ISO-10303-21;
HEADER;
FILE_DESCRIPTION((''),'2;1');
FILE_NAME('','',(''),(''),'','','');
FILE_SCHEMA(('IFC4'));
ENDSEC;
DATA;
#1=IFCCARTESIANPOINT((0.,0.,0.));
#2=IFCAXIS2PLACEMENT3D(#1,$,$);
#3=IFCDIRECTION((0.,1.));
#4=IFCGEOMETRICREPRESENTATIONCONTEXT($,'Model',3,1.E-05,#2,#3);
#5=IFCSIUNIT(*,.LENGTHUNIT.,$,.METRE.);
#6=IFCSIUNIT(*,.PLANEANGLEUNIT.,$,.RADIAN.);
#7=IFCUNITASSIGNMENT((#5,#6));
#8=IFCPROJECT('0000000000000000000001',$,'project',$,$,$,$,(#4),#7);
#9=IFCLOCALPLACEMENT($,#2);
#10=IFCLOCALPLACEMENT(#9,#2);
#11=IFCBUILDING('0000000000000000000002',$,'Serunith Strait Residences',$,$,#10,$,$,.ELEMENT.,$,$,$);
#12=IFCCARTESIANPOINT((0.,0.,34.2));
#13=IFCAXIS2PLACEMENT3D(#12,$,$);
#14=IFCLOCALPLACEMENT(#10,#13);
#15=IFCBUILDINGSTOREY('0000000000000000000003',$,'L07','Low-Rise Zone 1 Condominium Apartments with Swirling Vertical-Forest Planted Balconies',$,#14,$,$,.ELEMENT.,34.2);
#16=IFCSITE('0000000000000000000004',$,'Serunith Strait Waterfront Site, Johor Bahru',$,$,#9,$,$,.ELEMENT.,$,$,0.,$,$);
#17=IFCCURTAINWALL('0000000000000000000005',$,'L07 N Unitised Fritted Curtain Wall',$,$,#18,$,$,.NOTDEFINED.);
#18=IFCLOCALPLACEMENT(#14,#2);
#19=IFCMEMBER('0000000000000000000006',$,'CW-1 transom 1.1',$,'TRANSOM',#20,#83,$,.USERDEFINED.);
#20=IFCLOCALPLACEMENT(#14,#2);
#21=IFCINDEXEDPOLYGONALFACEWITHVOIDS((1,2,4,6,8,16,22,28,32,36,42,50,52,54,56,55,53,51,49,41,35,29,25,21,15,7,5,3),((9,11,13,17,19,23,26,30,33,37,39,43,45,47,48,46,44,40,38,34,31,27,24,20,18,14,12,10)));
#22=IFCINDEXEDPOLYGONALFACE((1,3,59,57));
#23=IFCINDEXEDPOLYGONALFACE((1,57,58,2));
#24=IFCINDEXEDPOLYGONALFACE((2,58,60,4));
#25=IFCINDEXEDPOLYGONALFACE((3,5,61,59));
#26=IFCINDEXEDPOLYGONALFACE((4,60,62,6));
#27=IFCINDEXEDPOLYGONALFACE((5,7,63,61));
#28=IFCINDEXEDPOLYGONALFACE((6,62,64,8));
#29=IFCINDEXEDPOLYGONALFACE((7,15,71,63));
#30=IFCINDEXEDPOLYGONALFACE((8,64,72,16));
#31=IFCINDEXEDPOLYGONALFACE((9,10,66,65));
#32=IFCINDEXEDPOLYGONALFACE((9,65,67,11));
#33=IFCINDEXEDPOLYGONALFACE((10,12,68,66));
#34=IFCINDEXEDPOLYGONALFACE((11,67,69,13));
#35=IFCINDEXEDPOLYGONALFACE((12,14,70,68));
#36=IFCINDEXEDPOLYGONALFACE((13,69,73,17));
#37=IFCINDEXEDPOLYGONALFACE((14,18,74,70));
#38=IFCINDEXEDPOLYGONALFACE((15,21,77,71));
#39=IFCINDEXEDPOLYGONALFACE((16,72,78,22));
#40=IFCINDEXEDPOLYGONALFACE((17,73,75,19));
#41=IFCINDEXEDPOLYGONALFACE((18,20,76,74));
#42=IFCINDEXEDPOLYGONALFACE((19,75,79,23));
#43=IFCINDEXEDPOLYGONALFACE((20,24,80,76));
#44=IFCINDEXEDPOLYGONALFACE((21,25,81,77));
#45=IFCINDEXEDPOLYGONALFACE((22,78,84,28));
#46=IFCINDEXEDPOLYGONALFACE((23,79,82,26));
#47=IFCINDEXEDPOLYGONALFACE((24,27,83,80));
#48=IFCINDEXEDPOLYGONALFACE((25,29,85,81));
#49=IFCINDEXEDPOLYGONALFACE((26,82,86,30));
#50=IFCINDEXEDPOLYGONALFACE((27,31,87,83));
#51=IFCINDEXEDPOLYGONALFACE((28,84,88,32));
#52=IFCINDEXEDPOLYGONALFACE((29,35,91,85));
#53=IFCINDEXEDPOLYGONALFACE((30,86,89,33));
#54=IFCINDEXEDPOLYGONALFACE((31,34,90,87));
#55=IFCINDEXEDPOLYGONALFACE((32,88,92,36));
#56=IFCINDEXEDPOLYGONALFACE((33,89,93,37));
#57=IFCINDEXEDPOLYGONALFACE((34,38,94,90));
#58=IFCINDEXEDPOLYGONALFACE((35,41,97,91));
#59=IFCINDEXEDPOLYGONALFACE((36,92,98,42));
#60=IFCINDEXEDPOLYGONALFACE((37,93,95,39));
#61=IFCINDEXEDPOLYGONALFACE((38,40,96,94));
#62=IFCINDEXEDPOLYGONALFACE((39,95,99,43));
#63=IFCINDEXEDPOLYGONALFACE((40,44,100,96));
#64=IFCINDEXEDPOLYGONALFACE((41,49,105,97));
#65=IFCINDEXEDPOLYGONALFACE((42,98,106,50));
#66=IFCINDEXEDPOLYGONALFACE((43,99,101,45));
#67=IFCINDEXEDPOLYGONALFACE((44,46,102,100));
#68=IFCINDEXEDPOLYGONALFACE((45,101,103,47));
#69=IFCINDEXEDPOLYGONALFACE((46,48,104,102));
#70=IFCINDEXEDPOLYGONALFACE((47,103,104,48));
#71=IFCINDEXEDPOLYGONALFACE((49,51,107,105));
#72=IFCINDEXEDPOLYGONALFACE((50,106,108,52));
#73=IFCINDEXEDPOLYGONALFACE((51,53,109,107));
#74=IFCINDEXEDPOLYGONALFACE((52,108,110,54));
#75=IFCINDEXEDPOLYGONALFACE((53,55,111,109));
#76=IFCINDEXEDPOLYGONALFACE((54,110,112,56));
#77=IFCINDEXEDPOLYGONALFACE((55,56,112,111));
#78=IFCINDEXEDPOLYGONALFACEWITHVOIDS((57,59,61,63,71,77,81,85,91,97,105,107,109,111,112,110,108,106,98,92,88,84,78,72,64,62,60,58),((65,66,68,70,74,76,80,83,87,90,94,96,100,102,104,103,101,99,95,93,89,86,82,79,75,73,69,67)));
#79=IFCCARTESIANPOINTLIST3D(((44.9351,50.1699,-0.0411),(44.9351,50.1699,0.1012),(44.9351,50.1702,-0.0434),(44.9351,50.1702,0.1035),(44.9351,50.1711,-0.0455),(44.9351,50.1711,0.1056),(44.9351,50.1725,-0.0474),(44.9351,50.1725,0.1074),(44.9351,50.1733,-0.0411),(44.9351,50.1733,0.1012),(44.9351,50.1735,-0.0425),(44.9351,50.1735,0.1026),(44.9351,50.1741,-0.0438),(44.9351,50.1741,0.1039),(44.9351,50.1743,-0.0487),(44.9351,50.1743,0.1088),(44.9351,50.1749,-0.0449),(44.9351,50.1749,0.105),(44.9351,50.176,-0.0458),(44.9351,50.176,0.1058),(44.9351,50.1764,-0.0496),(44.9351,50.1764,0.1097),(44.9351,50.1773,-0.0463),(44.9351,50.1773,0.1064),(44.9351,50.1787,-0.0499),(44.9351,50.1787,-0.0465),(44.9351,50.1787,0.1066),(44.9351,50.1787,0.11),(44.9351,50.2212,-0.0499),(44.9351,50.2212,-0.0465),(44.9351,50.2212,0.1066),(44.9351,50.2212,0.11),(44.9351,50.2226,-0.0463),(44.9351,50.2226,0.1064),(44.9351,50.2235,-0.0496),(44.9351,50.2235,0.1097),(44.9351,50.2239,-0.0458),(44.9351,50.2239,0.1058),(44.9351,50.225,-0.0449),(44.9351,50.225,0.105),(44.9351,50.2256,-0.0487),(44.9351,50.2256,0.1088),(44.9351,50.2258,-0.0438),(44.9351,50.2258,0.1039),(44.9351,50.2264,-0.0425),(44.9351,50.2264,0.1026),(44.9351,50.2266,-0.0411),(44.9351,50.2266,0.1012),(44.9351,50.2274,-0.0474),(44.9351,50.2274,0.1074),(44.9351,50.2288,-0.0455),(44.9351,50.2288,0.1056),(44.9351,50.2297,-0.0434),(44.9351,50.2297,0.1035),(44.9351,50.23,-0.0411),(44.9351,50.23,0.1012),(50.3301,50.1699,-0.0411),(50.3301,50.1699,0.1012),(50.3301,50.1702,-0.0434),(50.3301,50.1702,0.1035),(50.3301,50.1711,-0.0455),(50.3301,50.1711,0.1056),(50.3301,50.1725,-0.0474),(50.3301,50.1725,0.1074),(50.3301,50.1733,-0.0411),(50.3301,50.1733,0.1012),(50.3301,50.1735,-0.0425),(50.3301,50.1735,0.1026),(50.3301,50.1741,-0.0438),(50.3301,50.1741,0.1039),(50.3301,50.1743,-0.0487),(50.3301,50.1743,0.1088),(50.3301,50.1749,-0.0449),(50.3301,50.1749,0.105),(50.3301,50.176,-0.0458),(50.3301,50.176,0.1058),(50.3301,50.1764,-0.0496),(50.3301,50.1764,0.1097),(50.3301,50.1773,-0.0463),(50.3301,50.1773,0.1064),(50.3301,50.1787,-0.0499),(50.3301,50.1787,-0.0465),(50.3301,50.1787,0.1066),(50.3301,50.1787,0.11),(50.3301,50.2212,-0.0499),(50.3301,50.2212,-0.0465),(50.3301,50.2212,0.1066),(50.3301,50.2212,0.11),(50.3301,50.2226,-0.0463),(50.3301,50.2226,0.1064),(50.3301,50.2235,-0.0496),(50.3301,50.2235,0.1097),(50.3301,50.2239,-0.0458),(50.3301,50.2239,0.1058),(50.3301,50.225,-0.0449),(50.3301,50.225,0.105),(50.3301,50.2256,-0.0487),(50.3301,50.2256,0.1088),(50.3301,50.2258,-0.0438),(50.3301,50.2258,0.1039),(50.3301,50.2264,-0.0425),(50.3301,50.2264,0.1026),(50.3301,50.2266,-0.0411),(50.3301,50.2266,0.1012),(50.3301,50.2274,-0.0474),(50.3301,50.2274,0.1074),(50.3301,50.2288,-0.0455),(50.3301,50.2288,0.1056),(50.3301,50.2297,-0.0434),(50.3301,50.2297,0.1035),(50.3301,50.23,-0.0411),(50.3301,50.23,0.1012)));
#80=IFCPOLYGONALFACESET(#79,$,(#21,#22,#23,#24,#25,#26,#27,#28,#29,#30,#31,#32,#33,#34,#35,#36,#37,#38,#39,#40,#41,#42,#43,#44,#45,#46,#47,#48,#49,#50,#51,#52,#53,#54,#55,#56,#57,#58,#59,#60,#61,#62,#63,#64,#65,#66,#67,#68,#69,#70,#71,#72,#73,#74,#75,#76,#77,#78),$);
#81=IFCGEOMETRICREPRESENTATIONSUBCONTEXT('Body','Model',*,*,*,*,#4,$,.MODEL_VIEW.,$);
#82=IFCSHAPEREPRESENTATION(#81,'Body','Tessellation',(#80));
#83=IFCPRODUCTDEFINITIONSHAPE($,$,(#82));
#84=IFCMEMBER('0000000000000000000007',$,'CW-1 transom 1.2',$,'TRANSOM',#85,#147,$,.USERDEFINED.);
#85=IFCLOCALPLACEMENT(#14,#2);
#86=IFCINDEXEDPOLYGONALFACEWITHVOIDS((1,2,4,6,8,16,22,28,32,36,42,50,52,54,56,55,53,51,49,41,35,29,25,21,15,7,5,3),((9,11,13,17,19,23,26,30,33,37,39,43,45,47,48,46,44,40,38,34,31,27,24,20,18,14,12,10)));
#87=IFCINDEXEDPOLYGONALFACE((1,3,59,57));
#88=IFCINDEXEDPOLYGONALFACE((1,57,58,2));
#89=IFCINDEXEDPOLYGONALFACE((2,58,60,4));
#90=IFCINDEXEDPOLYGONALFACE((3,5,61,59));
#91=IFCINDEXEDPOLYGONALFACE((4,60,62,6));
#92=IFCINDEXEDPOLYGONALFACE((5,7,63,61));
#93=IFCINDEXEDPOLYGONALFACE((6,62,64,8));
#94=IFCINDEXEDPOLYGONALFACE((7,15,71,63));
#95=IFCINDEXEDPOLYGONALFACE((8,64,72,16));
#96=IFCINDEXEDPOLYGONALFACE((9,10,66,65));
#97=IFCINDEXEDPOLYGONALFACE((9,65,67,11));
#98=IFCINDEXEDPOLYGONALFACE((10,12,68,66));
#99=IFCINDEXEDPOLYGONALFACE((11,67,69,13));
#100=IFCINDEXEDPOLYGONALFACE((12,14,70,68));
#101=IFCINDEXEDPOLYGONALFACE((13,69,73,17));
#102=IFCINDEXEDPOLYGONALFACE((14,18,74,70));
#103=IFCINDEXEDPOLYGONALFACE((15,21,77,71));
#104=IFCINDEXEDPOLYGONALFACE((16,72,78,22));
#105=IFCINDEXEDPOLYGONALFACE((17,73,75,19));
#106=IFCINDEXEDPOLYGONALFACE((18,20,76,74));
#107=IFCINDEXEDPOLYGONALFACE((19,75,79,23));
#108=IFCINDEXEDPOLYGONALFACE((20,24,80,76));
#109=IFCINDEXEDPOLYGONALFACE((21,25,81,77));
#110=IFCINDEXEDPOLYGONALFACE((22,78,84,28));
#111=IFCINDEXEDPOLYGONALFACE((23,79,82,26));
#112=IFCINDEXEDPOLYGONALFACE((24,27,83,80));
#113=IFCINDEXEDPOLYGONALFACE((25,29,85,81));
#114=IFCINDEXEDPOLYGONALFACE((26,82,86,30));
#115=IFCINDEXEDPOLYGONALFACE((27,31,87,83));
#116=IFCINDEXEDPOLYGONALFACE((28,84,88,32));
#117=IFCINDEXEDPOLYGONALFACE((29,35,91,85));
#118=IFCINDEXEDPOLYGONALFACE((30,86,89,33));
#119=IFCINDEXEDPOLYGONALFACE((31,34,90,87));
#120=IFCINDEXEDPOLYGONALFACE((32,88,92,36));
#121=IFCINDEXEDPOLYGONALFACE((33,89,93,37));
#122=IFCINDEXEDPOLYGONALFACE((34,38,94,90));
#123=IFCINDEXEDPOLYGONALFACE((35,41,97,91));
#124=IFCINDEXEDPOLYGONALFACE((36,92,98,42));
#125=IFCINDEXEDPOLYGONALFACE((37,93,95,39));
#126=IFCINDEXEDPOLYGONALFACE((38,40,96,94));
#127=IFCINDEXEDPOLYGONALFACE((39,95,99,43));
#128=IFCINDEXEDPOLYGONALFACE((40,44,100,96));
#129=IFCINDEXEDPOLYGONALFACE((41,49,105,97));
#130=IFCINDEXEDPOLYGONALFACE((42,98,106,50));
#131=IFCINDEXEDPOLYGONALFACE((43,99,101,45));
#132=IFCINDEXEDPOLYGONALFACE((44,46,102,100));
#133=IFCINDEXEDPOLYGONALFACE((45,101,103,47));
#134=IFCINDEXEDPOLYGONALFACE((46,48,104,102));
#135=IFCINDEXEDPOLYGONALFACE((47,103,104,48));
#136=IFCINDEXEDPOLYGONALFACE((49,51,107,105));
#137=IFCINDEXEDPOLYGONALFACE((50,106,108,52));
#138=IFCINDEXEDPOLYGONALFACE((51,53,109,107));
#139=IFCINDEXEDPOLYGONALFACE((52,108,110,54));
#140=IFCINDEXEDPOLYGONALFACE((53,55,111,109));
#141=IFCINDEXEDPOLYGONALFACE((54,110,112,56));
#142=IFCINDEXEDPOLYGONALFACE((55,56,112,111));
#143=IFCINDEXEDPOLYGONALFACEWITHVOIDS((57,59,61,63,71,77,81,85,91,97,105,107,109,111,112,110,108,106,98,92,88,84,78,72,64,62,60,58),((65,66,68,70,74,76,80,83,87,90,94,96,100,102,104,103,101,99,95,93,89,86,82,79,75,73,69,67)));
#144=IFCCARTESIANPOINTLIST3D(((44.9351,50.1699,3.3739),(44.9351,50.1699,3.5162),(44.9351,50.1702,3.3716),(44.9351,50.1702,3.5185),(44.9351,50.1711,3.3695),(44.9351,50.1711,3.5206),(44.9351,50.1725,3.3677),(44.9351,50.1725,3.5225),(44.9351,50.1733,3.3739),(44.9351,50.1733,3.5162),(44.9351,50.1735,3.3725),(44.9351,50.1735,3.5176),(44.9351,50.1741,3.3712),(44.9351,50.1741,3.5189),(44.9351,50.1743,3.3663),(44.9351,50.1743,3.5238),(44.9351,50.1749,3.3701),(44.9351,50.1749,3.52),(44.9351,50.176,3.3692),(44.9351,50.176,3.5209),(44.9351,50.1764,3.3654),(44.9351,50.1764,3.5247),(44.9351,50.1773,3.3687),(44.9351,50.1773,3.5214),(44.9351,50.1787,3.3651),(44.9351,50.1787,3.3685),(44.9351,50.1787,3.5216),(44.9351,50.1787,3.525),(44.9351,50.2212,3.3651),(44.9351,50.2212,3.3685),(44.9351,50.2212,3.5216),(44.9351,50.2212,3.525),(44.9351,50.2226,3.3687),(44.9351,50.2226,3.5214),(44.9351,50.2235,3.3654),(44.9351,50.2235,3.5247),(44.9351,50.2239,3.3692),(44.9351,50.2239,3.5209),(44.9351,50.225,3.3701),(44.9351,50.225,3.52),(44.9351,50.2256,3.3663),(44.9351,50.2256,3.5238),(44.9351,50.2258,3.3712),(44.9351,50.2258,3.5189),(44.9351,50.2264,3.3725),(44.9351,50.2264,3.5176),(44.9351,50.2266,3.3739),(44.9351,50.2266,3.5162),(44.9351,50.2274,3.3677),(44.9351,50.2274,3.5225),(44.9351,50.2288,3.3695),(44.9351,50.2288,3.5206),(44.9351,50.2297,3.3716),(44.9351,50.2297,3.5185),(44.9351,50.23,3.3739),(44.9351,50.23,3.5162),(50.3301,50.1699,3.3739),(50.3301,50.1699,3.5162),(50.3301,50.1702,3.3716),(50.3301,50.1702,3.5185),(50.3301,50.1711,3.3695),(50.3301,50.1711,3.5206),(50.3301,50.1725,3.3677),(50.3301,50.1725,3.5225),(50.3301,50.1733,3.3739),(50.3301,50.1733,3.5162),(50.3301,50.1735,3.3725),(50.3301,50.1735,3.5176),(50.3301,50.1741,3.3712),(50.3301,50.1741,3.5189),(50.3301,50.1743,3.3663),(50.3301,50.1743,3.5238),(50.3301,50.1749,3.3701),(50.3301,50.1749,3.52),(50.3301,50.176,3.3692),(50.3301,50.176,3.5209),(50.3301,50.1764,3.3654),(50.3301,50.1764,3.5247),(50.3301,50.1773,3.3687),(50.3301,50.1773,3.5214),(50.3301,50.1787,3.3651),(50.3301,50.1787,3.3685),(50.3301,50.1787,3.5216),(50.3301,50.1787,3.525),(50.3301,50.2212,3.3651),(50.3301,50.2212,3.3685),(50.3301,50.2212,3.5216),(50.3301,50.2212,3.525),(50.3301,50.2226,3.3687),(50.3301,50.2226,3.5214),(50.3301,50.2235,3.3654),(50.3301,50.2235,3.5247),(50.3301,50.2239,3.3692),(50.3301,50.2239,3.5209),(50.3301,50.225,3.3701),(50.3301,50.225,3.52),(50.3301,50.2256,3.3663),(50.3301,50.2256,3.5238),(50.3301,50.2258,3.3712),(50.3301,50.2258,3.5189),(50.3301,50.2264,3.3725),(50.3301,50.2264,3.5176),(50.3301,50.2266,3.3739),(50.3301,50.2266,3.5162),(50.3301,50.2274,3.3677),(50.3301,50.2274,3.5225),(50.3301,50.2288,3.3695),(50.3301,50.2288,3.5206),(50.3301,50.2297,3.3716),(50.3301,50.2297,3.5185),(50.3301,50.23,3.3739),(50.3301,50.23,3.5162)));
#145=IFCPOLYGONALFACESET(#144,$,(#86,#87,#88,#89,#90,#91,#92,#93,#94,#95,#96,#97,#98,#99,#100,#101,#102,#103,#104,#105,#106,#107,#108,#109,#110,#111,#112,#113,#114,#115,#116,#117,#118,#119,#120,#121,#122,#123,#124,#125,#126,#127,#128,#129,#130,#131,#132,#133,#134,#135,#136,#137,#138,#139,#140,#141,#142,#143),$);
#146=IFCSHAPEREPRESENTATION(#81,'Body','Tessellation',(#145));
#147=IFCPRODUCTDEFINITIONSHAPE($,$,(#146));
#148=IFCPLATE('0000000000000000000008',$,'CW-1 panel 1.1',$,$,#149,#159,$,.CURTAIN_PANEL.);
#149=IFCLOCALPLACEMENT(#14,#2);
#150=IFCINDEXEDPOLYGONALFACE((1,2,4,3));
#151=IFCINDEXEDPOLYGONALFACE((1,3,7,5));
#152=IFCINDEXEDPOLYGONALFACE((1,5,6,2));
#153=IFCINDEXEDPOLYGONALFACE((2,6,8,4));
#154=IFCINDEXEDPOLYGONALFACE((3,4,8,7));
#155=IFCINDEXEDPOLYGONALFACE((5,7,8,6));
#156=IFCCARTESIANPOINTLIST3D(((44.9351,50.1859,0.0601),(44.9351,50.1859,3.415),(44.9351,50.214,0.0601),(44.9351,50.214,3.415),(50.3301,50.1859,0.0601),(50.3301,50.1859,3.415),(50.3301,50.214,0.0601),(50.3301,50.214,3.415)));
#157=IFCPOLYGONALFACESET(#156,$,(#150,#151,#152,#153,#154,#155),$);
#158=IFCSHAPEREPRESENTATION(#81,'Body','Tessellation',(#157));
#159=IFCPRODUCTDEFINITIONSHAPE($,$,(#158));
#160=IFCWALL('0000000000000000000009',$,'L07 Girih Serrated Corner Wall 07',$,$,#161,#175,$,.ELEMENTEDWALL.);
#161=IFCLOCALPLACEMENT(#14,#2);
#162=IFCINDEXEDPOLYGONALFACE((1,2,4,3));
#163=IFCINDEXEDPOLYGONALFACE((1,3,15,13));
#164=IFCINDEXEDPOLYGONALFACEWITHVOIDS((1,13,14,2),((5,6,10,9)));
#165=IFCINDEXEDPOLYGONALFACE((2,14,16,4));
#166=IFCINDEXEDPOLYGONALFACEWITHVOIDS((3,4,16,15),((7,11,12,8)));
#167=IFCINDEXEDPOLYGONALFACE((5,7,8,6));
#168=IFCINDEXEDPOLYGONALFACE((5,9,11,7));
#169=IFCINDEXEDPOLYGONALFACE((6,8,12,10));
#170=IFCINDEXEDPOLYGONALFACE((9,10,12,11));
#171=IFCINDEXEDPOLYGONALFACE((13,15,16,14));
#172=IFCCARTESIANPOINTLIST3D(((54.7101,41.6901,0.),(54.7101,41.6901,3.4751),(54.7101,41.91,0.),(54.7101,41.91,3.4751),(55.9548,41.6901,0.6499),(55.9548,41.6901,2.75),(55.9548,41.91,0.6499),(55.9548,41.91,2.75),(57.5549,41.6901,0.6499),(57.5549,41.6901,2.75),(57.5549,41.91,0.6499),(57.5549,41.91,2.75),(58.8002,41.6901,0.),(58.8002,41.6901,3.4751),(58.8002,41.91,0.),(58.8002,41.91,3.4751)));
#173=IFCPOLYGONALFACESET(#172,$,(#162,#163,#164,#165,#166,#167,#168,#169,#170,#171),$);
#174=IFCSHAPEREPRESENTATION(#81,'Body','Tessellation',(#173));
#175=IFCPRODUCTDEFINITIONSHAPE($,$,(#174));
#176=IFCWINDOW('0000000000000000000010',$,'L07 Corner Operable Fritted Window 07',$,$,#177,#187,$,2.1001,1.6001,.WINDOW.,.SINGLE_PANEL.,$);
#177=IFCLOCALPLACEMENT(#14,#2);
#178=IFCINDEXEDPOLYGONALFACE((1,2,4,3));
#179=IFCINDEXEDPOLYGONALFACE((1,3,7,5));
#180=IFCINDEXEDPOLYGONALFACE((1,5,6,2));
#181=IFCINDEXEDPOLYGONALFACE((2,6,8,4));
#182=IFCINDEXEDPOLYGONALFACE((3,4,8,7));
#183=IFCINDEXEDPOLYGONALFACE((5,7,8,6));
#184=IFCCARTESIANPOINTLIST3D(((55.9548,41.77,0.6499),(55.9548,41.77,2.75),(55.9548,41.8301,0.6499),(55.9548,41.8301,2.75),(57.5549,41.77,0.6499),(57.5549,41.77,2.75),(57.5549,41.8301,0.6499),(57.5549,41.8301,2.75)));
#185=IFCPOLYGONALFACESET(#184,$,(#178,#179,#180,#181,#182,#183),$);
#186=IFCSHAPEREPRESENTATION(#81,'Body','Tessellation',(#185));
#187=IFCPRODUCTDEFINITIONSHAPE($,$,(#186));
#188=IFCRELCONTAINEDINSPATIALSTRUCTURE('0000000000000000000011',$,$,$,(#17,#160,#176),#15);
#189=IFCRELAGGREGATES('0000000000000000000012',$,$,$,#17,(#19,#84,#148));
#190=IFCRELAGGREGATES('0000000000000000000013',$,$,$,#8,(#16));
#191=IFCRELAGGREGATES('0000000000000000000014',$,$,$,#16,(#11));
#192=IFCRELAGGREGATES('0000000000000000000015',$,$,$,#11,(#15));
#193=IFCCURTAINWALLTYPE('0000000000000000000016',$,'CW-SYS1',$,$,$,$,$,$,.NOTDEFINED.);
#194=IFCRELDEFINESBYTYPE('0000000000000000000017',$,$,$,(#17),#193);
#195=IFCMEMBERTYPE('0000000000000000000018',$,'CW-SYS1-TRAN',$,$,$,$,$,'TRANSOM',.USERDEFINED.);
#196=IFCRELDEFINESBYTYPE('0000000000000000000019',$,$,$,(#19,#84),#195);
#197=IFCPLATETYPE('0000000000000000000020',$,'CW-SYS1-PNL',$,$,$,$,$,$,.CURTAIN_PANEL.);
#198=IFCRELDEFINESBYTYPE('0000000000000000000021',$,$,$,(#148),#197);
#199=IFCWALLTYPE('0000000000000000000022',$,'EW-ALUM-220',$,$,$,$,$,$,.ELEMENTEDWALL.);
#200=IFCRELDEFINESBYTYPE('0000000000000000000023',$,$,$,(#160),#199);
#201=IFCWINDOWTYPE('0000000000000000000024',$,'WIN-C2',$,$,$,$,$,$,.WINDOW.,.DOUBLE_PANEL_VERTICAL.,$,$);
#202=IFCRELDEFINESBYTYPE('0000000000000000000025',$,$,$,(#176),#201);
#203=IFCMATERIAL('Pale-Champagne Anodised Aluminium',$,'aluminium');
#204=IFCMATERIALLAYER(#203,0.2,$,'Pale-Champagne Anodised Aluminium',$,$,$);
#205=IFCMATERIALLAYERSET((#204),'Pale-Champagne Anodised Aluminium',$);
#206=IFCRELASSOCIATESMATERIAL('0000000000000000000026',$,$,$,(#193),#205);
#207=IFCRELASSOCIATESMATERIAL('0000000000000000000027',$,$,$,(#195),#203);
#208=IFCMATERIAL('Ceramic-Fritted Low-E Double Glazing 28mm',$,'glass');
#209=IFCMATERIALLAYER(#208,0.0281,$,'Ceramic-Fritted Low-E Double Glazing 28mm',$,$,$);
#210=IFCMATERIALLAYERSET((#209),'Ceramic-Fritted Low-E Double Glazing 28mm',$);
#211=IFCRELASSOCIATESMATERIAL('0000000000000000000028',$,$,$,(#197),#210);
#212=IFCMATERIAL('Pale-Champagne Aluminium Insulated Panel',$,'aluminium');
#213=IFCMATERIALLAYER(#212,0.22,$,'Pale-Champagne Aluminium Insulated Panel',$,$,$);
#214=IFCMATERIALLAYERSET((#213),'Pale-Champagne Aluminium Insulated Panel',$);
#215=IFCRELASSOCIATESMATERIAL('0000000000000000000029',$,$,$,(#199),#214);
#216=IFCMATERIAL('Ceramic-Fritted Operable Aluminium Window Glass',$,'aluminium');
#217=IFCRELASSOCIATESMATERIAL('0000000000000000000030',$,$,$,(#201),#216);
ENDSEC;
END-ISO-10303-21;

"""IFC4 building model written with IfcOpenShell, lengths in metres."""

from ifc_helpers import new_model, si_unit, direction, frame, frame_2d, origin, origin_2d, place, context, subcontext, project, spatial, rectangle, hollow_rectangle, extrude, source, transform, mapped, material, layer, layer_set, material_profile, profile_set, type_object, element, fill, aggregate, save


model = new_model("IFC4")

# Units and contexts
model_context = context("Model", 3, precision=1e-05, world=origin(), true_north=direction((0.0, 1.0)))
body_context = subcontext(model_context, "Body", "Model", "MODEL_VIEW")
ifc_project = project(units=[si_unit("LENGTHUNIT", "METRE"), si_unit("PLANEANGLEUNIT", "RADIAN")], contexts=[model_context])

# Site, building, storey
site_placement = place(None, origin())
site = spatial("IfcSite", under=ifc_project, at=site_placement, Name="Serunith Strait Waterfront Site, Johor Bahru", CompositionType="ELEMENT", RefElevation=0.0)
building_placement = place(site_placement, origin())
building = spatial("IfcBuilding", under=site, at=building_placement, Name="Serunith Strait Residences", CompositionType="ELEMENT")
storey_placement = place(building_placement, frame((0.0, 0.0, 34.2)))
storey = spatial("IfcBuildingStorey", under=building, at=storey_placement, Name="L07", Description="Low-Rise Zone 1 Condominium Apartments with Swirling Vertical-Forest Planted Balconies", CompositionType="ELEMENT", Elevation=34.2)

# Shared definitions
ifc_material_1 = material(Name="Pale-Champagne Anodised Aluminium", Category="aluminium")
ifc_layer_1 = layer(ifc_material_1, 0.2, Name="Pale-Champagne Anodised Aluminium")
ifc_layer_set_1 = layer_set([ifc_layer_1], Name="Pale-Champagne Anodised Aluminium")
curtain_wall_type = type_object("IfcCurtainWallType", Name="CW-SYS1", PredefinedType="NOTDEFINED", material=ifc_layer_set_1)

# Curtain wall, members, plate
curtain_wall_1_placement = place(storey_placement, origin())
curtain_wall_1 = element("IfcCurtainWall", 1, at=curtain_wall_1_placement, inside=storey, type_object=curtain_wall_type, Name="L07 N Unitised Fritted Curtain Wall", PredefinedType="NOTDEFINED")
ifc_material_profile_1 = material_profile(ifc_material_1, hollow_rectangle(XDim=0.0601, YDim=0.1599, WallThickness=0.0034, InnerFilletRadius=0.0054, OuterFilletRadius=0.0088, at=origin_2d()), Name="ALU 160x60x3.5")
ifc_profile_set_1 = profile_set([ifc_material_profile_1], Name="Pale-Champagne Anodised Aluminium")
member_type_1 = type_object("IfcMemberType", Name="CW-SYS1-TRAN", ElementType="TRANSOM", PredefinedType="USERDEFINED", material=ifc_profile_set_1)
shared_shape_1 = source(origin(), body_context, "Body", "SweptSolid", [
    extrude(hollow_rectangle(XDim=0.0601, YDim=0.1599, WallThickness=0.0034, InnerFilletRadius=0.0054, OuterFilletRadius=0.0088, at=origin_2d()), origin(), (0.0, 0.0, 1.0), 5.395),
])
member_1_placement = place(storey_placement, frame((50.3301, 50.2, 0.03), z_axis=(-1.0, 0.0, 0.0), x_axis=(0.0, -1.0, 0.0)))
member_1 = element("IfcMember", 2, at=member_1_placement, type_object=member_type_1, Name="CW-1 transom 1.1", ObjectType="TRANSOM", PredefinedType="USERDEFINED", context=body_context, shape_type="MappedRepresentation", body=[
    mapped(shared_shape_1, transform((0.0, 0.0, 0.0), scale=1.0)),
])
member_2_placement = place(storey_placement, frame((50.3301, 50.2, 3.4451), z_axis=(-1.0, 0.0, 0.0), x_axis=(0.0, -1.0, 0.0)))
member_2 = element("IfcMember", 3, at=member_2_placement, type_object=member_type_1, Name="CW-1 transom 1.2", ObjectType="TRANSOM", PredefinedType="USERDEFINED", context=body_context, shape_type="MappedRepresentation", body=[
    mapped(shared_shape_1, transform((0.0, 0.0, 0.0), scale=1.0)),
])
ifc_material_2 = material(Name="Ceramic-Fritted Low-E Double Glazing 28mm", Category="glass")
ifc_layer_2 = layer(ifc_material_2, 0.0281, Name="Ceramic-Fritted Low-E Double Glazing 28mm")
ifc_layer_set_2 = layer_set([ifc_layer_2], Name="Ceramic-Fritted Low-E Double Glazing 28mm")
plate_type = type_object("IfcPlateType", Name="CW-SYS1-PNL", PredefinedType="CURTAIN_PANEL", material=ifc_layer_set_2)
shared_shape_2 = source(origin(), body_context, "Body", "SweptSolid", [
    extrude(rectangle(XDim=5.395, YDim=0.0281, at=origin_2d()), origin(), (0.0, 0.0, 1.0), 3.355),
])
plate_placement = place(storey_placement, frame((47.6326, 50.2, 0.0601), z_axis=(0.0, 0.0, 1.0), x_axis=(-1.0, 0.0, 0.0)))
plate = element("IfcPlate", 4, at=plate_placement, type_object=plate_type, Name="CW-1 panel 1.1", PredefinedType="CURTAIN_PANEL", context=body_context, shape_type="MappedRepresentation", body=[
    mapped(shared_shape_2, transform((0.0, 0.0, 0.0), scale=1.0)),
])
aggregate(curtain_wall_1, [member_1, member_2, plate])

# Wall, opening, window
ifc_material_3 = material(Name="Pale-Champagne Aluminium Insulated Panel", Category="aluminium")
ifc_layer_3 = layer(ifc_material_3, 0.22, Name="Pale-Champagne Aluminium Insulated Panel")
ifc_layer_set_3 = layer_set([ifc_layer_3], Name="Pale-Champagne Aluminium Insulated Panel")
wall_type_1 = type_object("IfcWallType", Name="EW-ALUM-220", PredefinedType="ELEMENTEDWALL", material=ifc_layer_set_3)
wall_1_placement = place(storey_placement, frame((58.8, 41.8, 0.0), z_axis=(0.0, 0.0, 1.0), x_axis=(-1.0, 0.0, 0.0)))
wall_1 = element("IfcWall", 5, at=wall_1_placement, inside=storey, type_object=wall_type_1, Name="L07 Girih Serrated Corner Wall 07", PredefinedType="ELEMENTEDWALL", context=body_context, shape_type="SweptSolid", body=[
    extrude(rectangle(XDim=4.0901, YDim=0.22, at=frame_2d((2.0449, 0.0))), origin(), (0.0, 0.0, 1.0), 3.4751),
])
opening_1_placement = place(wall_1_placement, frame((1.2451, 0.0, 0.6499)))
opening_1 = element("IfcOpeningElement", 6, at=opening_1_placement, cuts=wall_1, PredefinedType="OPENING", context=body_context, shape_type="SweptSolid", body=[
    extrude(rectangle(XDim=1.6001, YDim=2.1001, at=frame_2d((0.8, 1.05))), frame((0.0, 0.1201, 0.0), z_axis=(0.0, -1.0, 0.0), x_axis=(1.0, 0.0, 0.0)), (0.0, 0.0, 1.0), 0.24),
])
ifc_material_4 = material(Name="Ceramic-Fritted Operable Aluminium Window Glass", Category="aluminium")
window_type = type_object("IfcWindowType", Name="WIN-C2", PartitioningType="DOUBLE_PANEL_VERTICAL", PredefinedType="WINDOW", material=ifc_material_4)
shared_shape_3 = source(origin(), body_context, "Body", "SweptSolid", [
    extrude(rectangle(XDim=1.6001, YDim=2.1001, at=frame_2d((0.8, 1.05))), frame((0.0, 0.03, 0.0), z_axis=(0.0, -1.0, 0.0), x_axis=(1.0, 0.0, 0.0)), (0.0, 0.0, 1.0), 0.0601),
])
window_1_placement = place(opening_1_placement, origin())
window_1 = element("IfcWindow", 7, at=window_1_placement, inside=storey, type_object=window_type, Name="L07 Corner Operable Fritted Window 07", OverallHeight=2.1001, OverallWidth=1.6001, PartitioningType="SINGLE_PANEL", PredefinedType="WINDOW", context=body_context, shape_type="MappedRepresentation", body=[
    mapped(shared_shape_3, transform((0.0, 0.0, 0.0), scale=1.0)),
])
fill(opening_1, window_1)

save(model, "model.ifc")
